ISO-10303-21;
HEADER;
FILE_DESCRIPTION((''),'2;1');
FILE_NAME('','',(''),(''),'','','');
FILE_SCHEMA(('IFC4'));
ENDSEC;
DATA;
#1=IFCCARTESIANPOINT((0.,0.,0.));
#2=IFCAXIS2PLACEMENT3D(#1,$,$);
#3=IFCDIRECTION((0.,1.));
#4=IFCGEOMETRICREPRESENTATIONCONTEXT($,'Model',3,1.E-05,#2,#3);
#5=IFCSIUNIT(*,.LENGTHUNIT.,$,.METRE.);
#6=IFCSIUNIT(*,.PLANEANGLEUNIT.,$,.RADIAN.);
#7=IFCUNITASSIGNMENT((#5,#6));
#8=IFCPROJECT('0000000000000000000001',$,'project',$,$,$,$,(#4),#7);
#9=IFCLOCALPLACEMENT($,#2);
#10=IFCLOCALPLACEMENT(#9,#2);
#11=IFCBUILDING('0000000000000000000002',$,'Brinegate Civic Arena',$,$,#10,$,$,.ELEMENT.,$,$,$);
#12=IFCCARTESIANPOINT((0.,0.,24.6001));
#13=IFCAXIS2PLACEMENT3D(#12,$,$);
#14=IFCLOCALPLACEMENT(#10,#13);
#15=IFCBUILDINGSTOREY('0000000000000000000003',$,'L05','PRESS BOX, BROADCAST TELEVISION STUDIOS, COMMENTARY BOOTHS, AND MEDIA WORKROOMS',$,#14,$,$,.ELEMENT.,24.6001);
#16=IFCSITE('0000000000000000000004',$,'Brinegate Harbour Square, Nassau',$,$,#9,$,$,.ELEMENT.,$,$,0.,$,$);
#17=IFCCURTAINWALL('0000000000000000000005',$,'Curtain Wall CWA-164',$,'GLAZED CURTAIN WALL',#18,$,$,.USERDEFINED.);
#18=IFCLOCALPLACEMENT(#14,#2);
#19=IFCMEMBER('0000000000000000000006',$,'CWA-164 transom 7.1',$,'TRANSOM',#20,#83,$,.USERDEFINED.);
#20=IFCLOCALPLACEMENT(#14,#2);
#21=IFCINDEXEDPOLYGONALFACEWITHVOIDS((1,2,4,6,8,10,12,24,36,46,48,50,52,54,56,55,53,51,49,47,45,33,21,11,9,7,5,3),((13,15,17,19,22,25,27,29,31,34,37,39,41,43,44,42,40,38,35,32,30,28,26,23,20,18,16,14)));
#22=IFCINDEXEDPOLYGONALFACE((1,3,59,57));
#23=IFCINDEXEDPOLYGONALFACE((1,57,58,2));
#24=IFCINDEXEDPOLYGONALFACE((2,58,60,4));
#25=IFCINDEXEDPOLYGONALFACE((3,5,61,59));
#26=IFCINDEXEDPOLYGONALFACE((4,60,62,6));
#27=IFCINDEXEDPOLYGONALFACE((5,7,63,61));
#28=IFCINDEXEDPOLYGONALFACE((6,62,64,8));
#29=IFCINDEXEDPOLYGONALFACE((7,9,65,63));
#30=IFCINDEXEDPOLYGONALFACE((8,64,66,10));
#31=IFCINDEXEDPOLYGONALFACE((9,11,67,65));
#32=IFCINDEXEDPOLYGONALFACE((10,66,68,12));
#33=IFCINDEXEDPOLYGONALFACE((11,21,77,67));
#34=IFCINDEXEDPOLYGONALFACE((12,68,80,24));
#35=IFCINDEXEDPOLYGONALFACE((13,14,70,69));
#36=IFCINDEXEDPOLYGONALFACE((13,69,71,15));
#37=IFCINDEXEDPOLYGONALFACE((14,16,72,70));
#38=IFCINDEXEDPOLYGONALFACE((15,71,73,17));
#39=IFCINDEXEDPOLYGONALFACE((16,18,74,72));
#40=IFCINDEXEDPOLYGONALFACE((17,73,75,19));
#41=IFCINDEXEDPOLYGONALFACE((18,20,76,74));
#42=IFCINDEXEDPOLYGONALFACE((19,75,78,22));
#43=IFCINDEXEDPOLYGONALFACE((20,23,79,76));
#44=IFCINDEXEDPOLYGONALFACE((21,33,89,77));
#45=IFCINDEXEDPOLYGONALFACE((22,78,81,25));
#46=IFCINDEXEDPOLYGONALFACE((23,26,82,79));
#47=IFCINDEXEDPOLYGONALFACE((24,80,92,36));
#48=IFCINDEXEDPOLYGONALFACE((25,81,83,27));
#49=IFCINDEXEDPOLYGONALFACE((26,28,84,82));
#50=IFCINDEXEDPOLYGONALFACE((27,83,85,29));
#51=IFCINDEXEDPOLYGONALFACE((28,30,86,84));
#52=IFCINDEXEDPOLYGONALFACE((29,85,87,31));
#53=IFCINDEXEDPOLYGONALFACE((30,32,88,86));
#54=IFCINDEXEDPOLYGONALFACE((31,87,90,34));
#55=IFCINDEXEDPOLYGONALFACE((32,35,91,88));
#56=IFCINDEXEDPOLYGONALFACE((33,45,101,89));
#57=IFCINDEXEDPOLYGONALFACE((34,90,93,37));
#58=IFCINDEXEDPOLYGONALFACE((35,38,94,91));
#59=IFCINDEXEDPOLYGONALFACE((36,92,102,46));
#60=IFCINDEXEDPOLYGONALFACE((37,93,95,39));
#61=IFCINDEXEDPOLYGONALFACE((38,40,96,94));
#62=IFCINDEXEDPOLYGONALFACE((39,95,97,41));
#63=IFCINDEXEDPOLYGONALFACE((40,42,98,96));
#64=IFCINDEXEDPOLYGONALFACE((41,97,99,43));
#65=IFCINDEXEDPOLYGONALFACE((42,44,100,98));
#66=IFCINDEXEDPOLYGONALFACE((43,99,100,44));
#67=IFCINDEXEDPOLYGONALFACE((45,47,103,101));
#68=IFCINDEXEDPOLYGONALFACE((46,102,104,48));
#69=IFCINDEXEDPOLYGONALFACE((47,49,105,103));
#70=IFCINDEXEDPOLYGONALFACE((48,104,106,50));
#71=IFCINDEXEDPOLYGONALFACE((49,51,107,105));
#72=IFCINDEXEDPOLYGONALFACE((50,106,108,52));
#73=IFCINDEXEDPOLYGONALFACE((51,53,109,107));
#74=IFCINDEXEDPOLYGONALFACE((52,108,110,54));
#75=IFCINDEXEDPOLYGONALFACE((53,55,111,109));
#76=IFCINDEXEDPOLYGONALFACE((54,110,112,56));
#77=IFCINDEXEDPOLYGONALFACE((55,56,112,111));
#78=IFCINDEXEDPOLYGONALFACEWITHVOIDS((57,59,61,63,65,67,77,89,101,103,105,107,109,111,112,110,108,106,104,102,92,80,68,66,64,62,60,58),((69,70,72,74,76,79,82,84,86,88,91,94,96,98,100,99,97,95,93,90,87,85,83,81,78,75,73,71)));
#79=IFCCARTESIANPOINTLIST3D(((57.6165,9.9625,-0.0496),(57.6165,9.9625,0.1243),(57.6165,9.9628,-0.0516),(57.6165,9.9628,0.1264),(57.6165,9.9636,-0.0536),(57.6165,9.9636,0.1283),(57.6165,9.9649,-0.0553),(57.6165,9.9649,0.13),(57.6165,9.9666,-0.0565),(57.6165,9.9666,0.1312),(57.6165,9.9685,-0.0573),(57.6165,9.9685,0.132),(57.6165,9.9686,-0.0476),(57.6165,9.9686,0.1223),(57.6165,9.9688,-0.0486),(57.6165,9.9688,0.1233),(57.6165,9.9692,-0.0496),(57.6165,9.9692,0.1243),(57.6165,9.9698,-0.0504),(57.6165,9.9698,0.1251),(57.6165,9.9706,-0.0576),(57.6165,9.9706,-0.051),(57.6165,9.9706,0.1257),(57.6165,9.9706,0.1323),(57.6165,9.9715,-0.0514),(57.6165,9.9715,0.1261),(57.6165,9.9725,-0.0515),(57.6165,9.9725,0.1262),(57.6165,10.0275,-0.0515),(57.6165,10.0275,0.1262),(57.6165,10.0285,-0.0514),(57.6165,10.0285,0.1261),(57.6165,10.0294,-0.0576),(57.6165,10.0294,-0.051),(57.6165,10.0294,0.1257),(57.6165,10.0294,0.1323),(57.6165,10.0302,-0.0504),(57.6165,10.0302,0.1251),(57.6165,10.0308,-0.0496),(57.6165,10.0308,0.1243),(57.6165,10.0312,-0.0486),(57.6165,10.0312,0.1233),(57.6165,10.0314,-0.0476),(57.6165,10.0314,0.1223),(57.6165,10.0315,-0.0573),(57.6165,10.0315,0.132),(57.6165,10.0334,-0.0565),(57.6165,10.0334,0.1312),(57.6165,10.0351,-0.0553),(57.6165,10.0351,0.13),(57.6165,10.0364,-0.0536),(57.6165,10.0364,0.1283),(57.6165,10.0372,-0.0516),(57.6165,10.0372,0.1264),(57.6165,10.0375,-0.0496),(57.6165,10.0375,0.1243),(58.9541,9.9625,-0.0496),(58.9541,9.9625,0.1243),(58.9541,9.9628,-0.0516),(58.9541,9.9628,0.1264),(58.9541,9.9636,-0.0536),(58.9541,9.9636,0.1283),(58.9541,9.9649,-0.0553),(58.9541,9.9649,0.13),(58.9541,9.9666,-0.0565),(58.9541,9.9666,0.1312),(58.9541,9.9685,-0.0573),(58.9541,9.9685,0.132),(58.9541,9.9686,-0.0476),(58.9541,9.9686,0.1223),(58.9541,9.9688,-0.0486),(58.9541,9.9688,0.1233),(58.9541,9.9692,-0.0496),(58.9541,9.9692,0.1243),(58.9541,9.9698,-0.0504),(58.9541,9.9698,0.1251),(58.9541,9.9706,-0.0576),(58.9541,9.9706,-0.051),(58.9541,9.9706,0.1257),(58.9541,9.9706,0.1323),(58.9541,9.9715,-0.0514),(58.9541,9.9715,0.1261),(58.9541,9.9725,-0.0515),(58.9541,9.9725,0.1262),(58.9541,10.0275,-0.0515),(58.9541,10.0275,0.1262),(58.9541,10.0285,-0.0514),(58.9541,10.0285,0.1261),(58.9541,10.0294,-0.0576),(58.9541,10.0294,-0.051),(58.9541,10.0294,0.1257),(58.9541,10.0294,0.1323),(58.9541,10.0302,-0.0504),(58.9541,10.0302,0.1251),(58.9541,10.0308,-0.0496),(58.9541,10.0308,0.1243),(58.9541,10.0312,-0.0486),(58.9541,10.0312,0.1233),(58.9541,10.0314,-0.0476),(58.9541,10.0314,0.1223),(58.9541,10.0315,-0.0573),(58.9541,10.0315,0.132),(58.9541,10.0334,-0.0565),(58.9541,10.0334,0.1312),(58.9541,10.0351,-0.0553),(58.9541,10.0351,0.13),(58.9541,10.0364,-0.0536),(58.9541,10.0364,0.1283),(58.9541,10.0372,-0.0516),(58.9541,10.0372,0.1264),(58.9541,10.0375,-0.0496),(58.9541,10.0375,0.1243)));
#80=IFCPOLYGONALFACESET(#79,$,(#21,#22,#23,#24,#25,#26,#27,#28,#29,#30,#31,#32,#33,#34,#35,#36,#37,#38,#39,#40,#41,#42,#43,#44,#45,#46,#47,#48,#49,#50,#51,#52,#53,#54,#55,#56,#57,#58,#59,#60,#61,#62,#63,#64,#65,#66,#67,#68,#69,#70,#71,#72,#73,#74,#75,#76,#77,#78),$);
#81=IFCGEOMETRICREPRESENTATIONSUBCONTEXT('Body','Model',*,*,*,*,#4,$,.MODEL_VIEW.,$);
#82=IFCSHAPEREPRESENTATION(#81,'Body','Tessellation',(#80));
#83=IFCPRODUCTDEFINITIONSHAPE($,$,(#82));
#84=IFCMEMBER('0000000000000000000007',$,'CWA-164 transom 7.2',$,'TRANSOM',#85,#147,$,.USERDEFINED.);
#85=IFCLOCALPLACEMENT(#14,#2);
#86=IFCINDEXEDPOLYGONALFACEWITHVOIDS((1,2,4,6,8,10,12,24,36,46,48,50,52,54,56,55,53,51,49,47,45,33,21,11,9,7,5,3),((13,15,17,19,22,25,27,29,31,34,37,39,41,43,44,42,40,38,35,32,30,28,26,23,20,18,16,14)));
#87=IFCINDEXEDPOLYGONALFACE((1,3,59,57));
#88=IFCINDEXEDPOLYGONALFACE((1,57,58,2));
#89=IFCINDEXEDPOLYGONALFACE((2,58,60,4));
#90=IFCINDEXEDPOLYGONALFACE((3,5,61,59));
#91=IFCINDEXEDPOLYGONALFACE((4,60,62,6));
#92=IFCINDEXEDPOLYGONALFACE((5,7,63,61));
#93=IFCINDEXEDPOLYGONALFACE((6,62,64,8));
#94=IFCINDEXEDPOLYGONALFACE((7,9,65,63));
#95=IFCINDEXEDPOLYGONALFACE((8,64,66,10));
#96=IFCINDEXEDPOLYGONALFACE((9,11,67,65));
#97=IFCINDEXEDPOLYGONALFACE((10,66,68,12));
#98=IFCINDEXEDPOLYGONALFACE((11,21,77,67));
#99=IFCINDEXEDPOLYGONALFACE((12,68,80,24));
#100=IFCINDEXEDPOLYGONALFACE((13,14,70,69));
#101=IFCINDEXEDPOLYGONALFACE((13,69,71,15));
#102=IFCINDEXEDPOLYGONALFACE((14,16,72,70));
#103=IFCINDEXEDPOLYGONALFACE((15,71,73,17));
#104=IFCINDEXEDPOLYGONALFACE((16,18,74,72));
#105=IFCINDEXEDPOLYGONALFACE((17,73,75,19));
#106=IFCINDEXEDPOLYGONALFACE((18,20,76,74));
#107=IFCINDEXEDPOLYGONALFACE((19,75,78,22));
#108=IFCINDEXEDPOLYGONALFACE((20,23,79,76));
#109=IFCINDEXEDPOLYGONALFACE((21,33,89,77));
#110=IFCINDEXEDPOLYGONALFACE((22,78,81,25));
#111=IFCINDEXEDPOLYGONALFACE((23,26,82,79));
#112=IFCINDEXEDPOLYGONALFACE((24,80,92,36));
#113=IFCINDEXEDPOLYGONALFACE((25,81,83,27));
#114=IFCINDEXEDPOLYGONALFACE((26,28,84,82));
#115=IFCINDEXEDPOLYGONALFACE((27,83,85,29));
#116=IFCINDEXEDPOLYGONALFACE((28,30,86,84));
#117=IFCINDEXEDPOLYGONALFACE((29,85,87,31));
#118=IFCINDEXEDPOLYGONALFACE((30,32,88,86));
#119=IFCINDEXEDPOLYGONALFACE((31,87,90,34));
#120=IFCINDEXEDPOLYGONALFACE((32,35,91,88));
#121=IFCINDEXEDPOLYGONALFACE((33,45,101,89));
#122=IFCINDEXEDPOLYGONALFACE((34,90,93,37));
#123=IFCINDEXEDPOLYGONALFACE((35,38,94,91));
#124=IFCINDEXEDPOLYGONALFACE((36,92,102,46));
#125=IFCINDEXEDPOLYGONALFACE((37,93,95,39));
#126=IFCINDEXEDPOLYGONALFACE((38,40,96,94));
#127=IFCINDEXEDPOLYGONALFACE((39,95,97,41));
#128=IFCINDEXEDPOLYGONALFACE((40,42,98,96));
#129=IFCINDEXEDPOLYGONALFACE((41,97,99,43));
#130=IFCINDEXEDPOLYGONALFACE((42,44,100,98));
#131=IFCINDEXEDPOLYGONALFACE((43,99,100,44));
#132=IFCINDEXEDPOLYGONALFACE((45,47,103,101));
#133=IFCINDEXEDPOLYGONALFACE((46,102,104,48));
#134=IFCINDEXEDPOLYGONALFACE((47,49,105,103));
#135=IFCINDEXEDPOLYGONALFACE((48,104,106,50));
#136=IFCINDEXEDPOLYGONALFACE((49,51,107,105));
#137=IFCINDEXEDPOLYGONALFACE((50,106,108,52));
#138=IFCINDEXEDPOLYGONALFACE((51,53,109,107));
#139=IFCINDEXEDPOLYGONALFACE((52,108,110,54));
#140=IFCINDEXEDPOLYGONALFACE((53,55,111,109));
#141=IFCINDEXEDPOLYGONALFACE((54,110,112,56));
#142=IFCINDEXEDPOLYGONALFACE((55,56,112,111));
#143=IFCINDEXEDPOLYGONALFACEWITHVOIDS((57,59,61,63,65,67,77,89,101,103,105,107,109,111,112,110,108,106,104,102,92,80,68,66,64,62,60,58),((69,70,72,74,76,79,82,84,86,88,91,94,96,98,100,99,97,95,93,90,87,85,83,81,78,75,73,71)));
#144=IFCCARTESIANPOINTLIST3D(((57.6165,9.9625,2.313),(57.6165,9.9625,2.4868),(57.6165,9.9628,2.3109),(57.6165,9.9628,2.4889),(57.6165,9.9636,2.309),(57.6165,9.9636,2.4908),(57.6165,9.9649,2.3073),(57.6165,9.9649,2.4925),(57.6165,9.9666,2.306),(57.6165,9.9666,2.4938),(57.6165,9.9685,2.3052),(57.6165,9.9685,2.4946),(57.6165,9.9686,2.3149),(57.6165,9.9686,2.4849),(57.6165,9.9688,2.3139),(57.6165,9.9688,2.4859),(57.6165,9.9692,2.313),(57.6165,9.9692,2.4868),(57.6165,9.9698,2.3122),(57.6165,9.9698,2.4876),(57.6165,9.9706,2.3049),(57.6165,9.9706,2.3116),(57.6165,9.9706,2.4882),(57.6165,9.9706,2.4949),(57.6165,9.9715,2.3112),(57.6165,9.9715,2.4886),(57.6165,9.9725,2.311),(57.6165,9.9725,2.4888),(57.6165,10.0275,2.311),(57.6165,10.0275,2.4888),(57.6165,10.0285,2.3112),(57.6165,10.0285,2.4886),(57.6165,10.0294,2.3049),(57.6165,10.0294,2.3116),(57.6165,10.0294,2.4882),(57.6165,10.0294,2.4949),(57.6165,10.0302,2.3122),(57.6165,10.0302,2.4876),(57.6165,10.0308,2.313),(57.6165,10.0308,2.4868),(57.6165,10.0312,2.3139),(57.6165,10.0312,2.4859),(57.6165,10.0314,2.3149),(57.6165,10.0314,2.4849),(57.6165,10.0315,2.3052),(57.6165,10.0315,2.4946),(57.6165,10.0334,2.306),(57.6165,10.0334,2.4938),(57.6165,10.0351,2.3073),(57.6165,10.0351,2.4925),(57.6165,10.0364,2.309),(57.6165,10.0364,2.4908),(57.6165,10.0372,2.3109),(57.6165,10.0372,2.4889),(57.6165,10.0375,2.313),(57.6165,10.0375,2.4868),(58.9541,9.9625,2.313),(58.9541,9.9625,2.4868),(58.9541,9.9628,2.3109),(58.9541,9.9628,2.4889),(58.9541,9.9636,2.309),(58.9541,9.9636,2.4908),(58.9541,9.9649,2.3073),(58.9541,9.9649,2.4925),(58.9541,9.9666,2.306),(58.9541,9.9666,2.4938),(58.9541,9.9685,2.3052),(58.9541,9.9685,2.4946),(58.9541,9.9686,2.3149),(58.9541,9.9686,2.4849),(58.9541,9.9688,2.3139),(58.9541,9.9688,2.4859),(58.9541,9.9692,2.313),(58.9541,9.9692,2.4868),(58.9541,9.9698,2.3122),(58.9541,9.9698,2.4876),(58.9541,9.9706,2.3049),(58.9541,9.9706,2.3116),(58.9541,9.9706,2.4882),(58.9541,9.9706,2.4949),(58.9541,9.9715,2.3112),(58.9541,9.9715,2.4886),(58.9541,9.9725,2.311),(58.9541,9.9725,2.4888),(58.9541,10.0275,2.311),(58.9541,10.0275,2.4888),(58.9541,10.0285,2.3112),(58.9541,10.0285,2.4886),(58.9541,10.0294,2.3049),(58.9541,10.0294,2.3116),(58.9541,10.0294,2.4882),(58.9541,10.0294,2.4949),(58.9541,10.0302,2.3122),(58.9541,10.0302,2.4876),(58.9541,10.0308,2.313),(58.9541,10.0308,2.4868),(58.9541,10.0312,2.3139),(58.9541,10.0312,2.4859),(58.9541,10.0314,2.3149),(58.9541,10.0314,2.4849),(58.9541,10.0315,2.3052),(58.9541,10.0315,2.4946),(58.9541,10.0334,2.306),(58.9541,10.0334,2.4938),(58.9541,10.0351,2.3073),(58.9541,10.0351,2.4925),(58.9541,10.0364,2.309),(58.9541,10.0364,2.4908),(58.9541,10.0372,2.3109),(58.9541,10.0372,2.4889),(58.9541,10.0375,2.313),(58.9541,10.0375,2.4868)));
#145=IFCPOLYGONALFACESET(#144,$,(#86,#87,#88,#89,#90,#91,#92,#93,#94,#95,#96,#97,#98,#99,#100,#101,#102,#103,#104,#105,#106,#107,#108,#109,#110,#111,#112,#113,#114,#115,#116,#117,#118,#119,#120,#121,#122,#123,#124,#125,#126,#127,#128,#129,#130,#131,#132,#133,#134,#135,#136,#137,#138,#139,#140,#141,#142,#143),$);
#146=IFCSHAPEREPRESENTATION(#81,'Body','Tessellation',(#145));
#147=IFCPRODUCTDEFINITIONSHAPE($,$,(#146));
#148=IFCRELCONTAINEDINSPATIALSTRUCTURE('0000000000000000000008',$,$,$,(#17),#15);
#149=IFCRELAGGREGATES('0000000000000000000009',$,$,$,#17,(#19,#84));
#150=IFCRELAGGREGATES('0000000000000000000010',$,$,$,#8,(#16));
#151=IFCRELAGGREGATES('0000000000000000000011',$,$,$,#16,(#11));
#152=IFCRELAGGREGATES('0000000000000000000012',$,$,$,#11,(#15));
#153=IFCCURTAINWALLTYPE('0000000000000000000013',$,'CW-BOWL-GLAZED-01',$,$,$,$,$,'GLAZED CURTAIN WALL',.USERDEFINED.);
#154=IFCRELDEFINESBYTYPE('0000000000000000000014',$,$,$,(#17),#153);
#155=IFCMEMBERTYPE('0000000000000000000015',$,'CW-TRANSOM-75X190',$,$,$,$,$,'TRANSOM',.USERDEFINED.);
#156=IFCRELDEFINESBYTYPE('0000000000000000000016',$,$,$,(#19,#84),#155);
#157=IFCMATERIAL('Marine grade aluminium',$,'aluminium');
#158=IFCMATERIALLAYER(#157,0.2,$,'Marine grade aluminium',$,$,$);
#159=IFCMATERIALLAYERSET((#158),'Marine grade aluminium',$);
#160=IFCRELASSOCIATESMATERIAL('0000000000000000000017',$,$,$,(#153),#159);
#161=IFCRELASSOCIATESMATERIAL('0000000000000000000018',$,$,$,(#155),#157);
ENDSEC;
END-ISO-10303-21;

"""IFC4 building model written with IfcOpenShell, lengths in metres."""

from ifc_helpers import new_model, si_unit, direction, frame, origin, origin_2d, place, context, subcontext, project, spatial, hollow_rectangle, extrude, material, layer, layer_set, material_profile, profile_set, type_object, element, aggregate, save


model = new_model("IFC4")

# Units and contexts
model_context = context("Model", 3, precision=1e-05, world=origin(), true_north=direction((0.0, 1.0)))
body_context = subcontext(model_context, "Body", "Model", "MODEL_VIEW")
ifc_project = project(units=[si_unit("LENGTHUNIT", "METRE"), si_unit("PLANEANGLEUNIT", "RADIAN")], contexts=[model_context])

# Site, building, storey
site_placement = place(None, origin())
site = spatial("IfcSite", under=ifc_project, at=site_placement, Name="Brinegate Harbour Square, Nassau", CompositionType="ELEMENT", RefElevation=0.0)
building_placement = place(site_placement, origin())
building = spatial("IfcBuilding", under=site, at=building_placement, Name="Brinegate Civic Arena", CompositionType="ELEMENT")
storey_placement = place(building_placement, frame((0.0, 0.0, 24.6001)))
storey = spatial("IfcBuildingStorey", under=building, at=storey_placement, Name="L05", Description="PRESS BOX, BROADCAST TELEVISION STUDIOS, COMMENTARY BOOTHS, AND MEDIA WORKROOMS", CompositionType="ELEMENT", Elevation=24.6001)

# Curtain wall
ifc_material_1 = material(Name="Marine grade aluminium", Category="aluminium")
ifc_layer_1 = layer(ifc_material_1, 0.2, Name="Marine grade aluminium")
ifc_layer_set_1 = layer_set([ifc_layer_1], Name="Marine grade aluminium")
curtain_wall_type = type_object("IfcCurtainWallType", Name="CW-BOWL-GLAZED-01", ElementType="GLAZED CURTAIN WALL", PredefinedType="USERDEFINED", material=ifc_layer_set_1)
curtain_wall_1_placement = place(storey_placement, origin())
curtain_wall_1 = element("IfcCurtainWall", 1, at=curtain_wall_1_placement, inside=storey, type_object=curtain_wall_type, Name="Curtain Wall CWA-164", ObjectType="GLAZED CURTAIN WALL", PredefinedType="USERDEFINED")

# Members
ifc_material_profile_1 = material_profile(ifc_material_1, hollow_rectangle(XDim=0.075, YDim=0.1899, WallThickness=0.0061, InnerFilletRadius=0.0039, OuterFilletRadius=0.0081, at=origin_2d()), Name="TRN75X190")
ifc_profile_set_1 = profile_set([ifc_material_profile_1], Name="Marine grade aluminium")
member_type_1 = type_object("IfcMemberType", Name="CW-TRANSOM-75X190", ElementType="TRANSOM", PredefinedType="USERDEFINED", material=ifc_profile_set_1)
member_1_placement = place(storey_placement, frame((57.6165, 10.0, 0.0374), z_axis=(1.0, 0.0, 0.0), x_axis=(0.0, 1.0, 0.0)))
member_1 = element("IfcMember", 2, at=member_1_placement, type_object=member_type_1, Name="CWA-164 transom 7.1", ObjectType="TRANSOM", PredefinedType="USERDEFINED", context=body_context, shape_type="SweptSolid", body=[
    extrude(hollow_rectangle(XDim=0.075, YDim=0.1899, WallThickness=0.0061, InnerFilletRadius=0.0039, OuterFilletRadius=0.0081, at=origin_2d()), origin(), (0.0, 0.0, 1.0), 1.3376),
])
member_2_placement = place(storey_placement, frame((57.6165, 10.0, 2.3999), z_axis=(1.0, 0.0, 0.0), x_axis=(0.0, 1.0, 0.0)))
member_2 = element("IfcMember", 3, at=member_2_placement, type_object=member_type_1, Name="CWA-164 transom 7.2", ObjectType="TRANSOM", PredefinedType="USERDEFINED", context=body_context, shape_type="SweptSolid", body=[
    extrude(hollow_rectangle(XDim=0.075, YDim=0.1899, WallThickness=0.0061, InnerFilletRadius=0.0039, OuterFilletRadius=0.0081, at=origin_2d()), origin(), (0.0, 0.0, 1.0), 1.3376),
])

aggregate(curtain_wall_1, [member_1, member_2])

save(model, "model.ifc")
